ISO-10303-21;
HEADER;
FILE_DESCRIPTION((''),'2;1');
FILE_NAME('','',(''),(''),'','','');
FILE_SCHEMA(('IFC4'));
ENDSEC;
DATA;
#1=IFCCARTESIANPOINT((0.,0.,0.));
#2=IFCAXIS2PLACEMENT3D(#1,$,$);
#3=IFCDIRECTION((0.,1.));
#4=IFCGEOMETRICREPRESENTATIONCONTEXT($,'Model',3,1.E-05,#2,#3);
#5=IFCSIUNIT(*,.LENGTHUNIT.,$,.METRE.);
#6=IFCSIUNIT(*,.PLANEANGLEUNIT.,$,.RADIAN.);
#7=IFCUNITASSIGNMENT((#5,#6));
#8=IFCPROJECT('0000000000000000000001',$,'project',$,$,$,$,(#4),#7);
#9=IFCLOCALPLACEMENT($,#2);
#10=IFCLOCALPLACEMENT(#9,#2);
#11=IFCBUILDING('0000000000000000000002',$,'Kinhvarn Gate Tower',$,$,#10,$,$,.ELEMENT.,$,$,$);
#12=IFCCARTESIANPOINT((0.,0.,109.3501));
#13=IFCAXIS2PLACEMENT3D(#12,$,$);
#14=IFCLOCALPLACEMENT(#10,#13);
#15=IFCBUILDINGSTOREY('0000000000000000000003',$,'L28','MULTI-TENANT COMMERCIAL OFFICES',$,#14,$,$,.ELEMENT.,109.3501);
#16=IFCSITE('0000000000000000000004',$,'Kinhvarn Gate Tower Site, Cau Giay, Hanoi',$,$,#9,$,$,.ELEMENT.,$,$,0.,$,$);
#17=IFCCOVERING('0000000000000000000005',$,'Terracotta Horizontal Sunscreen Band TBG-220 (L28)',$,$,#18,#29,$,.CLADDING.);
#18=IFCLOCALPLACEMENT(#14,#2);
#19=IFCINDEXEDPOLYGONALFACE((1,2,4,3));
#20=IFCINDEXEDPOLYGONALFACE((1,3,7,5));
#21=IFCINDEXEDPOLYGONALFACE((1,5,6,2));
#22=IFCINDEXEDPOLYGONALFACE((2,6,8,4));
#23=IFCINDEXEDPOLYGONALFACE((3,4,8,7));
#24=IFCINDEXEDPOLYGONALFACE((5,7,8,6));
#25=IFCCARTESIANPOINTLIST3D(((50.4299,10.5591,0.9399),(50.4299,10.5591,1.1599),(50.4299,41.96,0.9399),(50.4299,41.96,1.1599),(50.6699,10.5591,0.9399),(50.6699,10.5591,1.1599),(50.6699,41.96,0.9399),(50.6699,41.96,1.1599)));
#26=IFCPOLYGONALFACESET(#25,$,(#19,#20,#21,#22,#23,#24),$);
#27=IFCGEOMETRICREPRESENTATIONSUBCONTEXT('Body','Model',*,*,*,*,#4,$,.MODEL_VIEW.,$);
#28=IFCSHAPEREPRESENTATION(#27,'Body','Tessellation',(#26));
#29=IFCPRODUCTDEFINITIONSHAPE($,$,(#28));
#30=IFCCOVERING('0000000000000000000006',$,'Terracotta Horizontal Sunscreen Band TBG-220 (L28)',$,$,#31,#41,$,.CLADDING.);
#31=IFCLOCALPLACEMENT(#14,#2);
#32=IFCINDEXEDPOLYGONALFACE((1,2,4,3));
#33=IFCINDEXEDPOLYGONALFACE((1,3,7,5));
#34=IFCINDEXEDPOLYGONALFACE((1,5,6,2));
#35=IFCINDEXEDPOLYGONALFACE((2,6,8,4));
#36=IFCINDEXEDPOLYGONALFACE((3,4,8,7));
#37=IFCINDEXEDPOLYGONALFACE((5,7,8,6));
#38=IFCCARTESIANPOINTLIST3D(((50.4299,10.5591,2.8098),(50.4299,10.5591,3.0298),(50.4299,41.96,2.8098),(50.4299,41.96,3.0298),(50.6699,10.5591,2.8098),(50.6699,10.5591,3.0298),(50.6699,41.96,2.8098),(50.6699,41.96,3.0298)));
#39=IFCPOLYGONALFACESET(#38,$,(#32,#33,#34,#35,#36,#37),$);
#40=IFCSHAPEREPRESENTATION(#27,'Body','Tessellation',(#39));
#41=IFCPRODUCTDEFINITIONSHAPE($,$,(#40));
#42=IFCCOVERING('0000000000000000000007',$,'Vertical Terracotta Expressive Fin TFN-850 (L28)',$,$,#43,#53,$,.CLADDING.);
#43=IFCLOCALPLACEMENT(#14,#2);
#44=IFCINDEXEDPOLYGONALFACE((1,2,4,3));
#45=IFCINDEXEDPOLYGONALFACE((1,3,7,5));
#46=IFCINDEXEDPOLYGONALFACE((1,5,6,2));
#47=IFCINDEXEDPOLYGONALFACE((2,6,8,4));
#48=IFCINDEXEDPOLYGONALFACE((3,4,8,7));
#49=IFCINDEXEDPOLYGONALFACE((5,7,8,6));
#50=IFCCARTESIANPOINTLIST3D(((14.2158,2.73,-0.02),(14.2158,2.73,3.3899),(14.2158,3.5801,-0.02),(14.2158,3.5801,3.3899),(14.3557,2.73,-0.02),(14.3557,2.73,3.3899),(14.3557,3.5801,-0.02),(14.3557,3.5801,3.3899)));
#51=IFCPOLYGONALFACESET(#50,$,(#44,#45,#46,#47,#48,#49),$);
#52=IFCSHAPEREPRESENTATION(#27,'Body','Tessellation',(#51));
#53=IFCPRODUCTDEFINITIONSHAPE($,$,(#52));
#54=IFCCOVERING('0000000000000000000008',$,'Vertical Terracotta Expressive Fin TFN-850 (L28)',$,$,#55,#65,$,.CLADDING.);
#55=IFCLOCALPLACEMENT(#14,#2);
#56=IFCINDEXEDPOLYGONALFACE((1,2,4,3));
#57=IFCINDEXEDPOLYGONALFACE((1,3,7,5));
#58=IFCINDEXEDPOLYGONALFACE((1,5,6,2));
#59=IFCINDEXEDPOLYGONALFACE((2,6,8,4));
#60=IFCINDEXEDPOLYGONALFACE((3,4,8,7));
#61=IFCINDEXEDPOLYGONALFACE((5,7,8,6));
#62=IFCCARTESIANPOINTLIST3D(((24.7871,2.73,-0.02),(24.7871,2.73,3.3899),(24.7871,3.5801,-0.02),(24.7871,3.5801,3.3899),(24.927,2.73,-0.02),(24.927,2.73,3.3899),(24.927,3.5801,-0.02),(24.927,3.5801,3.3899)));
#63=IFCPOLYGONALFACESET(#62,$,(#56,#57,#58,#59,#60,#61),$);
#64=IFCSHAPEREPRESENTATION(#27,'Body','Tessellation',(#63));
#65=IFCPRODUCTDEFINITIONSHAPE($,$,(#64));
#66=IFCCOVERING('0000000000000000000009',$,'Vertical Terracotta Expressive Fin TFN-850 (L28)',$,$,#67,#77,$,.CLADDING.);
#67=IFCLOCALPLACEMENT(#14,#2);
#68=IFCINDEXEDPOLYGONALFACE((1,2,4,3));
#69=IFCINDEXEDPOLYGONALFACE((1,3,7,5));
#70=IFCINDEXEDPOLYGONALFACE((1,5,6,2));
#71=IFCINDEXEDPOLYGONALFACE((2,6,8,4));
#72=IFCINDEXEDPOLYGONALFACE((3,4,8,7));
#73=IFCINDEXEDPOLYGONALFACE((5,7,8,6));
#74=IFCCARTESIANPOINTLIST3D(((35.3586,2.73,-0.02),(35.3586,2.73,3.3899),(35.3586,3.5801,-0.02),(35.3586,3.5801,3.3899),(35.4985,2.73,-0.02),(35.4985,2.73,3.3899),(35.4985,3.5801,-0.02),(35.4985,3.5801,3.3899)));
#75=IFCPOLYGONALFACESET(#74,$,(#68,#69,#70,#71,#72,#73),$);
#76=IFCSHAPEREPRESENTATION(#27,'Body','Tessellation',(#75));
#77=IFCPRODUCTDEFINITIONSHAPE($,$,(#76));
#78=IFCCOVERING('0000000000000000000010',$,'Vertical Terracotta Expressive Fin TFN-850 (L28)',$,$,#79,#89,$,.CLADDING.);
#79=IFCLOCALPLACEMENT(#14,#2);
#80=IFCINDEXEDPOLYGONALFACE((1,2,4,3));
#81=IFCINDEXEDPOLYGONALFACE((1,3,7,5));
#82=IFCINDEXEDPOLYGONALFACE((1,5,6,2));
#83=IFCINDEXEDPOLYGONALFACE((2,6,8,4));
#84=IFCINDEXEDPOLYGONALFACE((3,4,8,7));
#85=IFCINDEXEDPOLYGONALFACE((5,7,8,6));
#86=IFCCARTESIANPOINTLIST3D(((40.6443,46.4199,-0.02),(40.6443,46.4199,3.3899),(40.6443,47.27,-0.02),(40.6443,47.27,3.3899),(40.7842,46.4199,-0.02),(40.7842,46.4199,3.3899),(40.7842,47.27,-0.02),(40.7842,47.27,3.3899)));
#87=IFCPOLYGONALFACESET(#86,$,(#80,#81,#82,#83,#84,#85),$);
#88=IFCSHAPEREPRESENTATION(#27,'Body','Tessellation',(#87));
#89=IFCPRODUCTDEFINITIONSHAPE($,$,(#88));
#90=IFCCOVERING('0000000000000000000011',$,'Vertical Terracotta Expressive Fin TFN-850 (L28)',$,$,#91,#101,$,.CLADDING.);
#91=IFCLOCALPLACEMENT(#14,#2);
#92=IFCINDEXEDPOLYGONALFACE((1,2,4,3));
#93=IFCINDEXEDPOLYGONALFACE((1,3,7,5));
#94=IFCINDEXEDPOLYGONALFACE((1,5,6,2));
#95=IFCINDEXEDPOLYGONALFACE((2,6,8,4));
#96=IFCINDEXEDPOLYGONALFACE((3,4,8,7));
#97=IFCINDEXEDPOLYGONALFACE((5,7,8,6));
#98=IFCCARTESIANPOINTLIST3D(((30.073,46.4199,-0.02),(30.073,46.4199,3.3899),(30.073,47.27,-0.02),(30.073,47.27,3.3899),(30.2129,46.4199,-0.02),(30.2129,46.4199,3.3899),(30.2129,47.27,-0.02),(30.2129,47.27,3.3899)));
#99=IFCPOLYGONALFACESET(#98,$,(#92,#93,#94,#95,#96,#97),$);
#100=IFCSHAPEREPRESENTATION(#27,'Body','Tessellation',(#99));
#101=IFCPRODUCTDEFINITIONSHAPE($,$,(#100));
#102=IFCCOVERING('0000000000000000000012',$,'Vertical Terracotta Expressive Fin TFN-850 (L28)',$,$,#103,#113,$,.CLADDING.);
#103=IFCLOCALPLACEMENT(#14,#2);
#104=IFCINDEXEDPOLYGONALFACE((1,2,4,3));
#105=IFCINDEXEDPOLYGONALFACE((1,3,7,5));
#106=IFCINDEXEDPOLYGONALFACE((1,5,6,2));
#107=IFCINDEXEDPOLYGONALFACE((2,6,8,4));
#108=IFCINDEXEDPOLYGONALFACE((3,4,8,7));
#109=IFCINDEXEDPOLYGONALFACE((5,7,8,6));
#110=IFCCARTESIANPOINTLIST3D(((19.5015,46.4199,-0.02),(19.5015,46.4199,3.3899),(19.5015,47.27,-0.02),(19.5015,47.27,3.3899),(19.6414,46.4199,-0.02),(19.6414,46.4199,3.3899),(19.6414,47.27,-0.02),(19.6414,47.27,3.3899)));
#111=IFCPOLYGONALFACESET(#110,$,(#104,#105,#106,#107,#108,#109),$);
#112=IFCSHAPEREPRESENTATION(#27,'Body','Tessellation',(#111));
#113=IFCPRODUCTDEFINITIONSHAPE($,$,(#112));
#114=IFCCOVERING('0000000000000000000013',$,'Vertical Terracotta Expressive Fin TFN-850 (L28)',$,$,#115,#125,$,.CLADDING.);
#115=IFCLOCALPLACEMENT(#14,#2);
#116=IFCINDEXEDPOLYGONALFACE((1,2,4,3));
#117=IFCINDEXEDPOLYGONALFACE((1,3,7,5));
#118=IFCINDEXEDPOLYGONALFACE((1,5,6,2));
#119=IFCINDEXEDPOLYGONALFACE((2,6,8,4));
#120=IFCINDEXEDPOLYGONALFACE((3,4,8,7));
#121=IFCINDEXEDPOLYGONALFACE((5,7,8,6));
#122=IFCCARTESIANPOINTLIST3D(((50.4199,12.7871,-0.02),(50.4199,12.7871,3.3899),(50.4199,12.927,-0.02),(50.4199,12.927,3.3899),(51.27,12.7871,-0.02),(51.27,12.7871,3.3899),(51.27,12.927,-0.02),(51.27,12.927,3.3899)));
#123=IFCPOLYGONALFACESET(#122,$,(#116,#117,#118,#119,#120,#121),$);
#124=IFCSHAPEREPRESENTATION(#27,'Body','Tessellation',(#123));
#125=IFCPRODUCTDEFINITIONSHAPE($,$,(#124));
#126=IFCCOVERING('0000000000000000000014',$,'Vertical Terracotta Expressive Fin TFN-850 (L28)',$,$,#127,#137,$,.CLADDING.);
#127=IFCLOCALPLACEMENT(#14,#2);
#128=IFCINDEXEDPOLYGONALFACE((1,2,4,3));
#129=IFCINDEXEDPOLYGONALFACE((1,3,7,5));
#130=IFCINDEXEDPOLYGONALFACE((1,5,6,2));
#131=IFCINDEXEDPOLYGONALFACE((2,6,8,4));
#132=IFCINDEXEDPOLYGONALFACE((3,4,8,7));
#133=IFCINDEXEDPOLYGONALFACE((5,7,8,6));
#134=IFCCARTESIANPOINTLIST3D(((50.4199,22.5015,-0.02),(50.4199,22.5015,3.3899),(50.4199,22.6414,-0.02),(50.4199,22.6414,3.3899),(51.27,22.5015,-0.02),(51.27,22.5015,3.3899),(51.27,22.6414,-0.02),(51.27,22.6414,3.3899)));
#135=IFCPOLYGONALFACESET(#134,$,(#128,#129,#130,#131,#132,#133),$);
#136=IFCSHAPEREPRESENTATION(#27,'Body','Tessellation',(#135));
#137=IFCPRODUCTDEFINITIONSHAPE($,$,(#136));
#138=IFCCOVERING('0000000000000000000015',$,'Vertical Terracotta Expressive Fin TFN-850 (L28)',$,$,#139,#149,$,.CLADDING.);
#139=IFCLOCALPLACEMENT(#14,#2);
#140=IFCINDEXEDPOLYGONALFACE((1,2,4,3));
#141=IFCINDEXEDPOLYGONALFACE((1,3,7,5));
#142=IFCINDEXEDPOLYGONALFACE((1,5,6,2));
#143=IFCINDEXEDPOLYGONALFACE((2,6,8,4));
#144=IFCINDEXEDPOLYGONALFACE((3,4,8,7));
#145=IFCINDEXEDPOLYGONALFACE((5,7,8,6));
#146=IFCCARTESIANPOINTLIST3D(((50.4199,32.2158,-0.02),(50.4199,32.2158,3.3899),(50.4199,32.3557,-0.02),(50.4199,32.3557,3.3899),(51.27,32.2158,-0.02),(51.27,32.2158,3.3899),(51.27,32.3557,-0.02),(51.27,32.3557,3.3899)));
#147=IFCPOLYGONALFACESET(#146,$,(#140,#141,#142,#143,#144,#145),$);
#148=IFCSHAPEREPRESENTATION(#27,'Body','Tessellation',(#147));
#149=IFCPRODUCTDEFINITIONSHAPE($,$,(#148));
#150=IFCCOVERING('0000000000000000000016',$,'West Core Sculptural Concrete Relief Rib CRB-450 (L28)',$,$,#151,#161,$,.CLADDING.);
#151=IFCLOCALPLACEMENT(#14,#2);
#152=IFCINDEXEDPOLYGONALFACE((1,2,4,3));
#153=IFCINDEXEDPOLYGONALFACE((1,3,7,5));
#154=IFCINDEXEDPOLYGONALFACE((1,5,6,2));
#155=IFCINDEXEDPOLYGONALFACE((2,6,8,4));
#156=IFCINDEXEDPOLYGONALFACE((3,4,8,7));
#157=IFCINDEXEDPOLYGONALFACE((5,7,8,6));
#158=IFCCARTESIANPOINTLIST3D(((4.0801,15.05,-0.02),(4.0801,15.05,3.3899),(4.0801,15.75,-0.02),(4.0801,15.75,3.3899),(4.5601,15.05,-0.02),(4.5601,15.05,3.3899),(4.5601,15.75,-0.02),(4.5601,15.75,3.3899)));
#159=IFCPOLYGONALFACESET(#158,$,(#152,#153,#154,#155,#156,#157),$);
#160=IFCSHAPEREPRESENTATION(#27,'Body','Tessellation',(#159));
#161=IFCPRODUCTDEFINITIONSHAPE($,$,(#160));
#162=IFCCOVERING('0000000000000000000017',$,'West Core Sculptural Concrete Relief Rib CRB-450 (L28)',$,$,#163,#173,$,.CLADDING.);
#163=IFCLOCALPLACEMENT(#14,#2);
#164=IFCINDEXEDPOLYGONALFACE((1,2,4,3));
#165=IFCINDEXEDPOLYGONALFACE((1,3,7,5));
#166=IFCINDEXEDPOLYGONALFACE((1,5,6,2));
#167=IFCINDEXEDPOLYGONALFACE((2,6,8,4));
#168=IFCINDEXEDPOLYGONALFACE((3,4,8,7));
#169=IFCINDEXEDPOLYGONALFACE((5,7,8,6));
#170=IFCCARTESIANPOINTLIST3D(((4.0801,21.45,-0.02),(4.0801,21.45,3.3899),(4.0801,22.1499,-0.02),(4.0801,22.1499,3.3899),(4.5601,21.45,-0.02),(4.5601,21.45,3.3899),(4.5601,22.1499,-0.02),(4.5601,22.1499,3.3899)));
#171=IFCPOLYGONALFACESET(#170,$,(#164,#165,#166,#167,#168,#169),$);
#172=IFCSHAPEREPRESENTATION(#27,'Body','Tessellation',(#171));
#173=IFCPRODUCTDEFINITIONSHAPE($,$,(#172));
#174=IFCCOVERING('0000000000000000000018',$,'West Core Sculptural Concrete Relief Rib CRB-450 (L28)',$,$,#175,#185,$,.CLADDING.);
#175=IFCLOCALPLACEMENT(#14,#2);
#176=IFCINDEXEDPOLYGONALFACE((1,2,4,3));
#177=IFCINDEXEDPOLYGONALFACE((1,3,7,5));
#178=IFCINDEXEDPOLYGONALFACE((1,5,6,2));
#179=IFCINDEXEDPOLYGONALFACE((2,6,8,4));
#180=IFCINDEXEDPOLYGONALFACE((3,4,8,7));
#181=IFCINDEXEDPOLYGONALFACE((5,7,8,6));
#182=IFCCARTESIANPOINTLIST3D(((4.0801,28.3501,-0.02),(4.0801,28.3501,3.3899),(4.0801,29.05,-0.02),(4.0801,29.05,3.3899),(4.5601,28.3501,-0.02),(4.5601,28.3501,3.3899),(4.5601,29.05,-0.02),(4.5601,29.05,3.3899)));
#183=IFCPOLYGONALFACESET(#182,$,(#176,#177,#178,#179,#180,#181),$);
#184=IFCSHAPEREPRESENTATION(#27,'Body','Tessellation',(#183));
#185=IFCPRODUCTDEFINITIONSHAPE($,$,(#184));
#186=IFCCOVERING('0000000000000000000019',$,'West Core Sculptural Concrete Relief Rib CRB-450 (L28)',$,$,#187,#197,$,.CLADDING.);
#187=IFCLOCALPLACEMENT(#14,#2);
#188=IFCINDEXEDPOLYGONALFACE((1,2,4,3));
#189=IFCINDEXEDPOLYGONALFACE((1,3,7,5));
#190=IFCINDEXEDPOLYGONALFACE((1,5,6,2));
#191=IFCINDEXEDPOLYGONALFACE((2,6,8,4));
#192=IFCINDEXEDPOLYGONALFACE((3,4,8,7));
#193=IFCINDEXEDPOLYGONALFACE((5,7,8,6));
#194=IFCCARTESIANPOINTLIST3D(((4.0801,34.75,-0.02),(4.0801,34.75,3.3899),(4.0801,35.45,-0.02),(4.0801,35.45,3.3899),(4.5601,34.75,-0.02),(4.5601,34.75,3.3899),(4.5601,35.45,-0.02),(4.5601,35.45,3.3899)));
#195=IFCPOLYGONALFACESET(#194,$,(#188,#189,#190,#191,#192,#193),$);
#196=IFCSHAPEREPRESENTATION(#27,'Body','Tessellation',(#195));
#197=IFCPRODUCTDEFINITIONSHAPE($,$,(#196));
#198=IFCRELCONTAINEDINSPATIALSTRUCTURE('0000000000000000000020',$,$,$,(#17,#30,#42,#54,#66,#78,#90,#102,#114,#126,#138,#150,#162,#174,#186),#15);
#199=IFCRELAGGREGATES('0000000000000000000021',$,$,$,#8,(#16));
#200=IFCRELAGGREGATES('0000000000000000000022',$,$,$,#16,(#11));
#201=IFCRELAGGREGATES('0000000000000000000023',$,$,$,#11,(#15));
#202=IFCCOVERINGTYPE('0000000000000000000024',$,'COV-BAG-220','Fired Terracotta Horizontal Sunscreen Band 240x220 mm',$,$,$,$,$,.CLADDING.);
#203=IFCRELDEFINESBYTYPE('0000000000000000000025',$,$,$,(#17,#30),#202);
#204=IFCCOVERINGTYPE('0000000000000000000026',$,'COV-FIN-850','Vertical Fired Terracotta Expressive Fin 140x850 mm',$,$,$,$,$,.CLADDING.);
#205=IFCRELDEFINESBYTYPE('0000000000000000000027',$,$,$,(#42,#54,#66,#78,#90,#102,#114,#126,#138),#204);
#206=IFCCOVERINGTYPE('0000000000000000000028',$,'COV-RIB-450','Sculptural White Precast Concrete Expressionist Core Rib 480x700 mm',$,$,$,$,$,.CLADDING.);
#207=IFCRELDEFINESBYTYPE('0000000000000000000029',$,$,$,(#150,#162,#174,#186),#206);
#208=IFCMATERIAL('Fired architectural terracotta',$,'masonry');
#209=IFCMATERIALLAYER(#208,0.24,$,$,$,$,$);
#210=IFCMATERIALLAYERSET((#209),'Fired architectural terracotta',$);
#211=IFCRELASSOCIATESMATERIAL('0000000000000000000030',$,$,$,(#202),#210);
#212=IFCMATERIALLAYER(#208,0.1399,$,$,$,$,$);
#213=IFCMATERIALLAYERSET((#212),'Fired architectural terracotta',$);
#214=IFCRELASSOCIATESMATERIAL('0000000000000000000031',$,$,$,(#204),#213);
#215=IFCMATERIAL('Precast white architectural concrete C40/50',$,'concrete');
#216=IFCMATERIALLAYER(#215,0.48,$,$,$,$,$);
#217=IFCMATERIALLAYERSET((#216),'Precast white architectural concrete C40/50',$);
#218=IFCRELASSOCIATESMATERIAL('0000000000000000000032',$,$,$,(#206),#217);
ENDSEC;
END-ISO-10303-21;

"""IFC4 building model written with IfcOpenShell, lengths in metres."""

from ifc_helpers import new_model, si_unit, direction, frame, origin, place, context, subcontext, project, spatial, polyline, outline, extrude, material, layer, layer_set, type_object, element, save


model = new_model("IFC4")

# Units and contexts
model_context = context("Model", 3, precision=1e-05, world=origin(), true_north=direction((0.0, 1.0)))
body_context = subcontext(model_context, "Body", "Model", "MODEL_VIEW")
ifc_project = project(units=[si_unit("LENGTHUNIT", "METRE"), si_unit("PLANEANGLEUNIT", "RADIAN")], contexts=[model_context])

# Site, building, storey
site_placement = place(None, origin())
site = spatial("IfcSite", under=ifc_project, at=site_placement, Name="Kinhvarn Gate Tower Site, Cau Giay, Hanoi", CompositionType="ELEMENT", RefElevation=0.0)
building_placement = place(site_placement, origin())
building = spatial("IfcBuilding", under=site, at=building_placement, Name="Kinhvarn Gate Tower", CompositionType="ELEMENT")
storey_placement = place(building_placement, frame((0.0, 0.0, 109.3501)))
storey = spatial("IfcBuildingStorey", under=building, at=storey_placement, Name="L28", Description="MULTI-TENANT COMMERCIAL OFFICES", CompositionType="ELEMENT", Elevation=109.3501)

# Shared definitions
ifc_material_1 = material(Name="Precast white architectural concrete C40/50", Category="concrete")

# Coverings
ifc_material_2 = material(Name="Fired architectural terracotta", Category="masonry")
ifc_layer_1 = layer(ifc_material_2, 0.24)
ifc_layer_set_1 = layer_set([ifc_layer_1], Name="Fired architectural terracotta")
covering_type_1 = type_object("IfcCoveringType", Name="COV-BAG-220", Description="Fired Terracotta Horizontal Sunscreen Band 240x220 mm", PredefinedType="CLADDING", material=ifc_layer_set_1)
for number, where, name in (
    (1, (0.0, 0.0, 0.9399), "Terracotta Horizontal Sunscreen Band TBG-220 (L28)"),
    (2, (0.0, 0.0, 2.8098), "Terracotta Horizontal Sunscreen Band TBG-220 (L28)"),
):
    element("IfcCovering", number, at=place(storey_placement, frame(where)), inside=storey, type_object=covering_type_1, Name=name, PredefinedType="CLADDING", context=body_context, shape_type="SweptSolid", body=[
        extrude(outline(polyline([(50.4299, 10.5591), (50.4299, 41.96), (50.6699, 41.96), (50.6699, 10.5591), (50.4299, 10.5591)])), origin(), (0.0, 0.0, 1.0), 0.22),
    ])
ifc_layer_2 = layer(ifc_material_2, 0.1399)
ifc_layer_set_2 = layer_set([ifc_layer_2], Name="Fired architectural terracotta")
covering_type_2 = type_object("IfcCoveringType", Name="COV-FIN-850", Description="Vertical Fired Terracotta Expressive Fin 140x850 mm", PredefinedType="CLADDING", material=ifc_layer_set_2)
covering_1_placement = place(storey_placement, frame((0.0, 0.0, -0.02)))
element("IfcCovering", 3, at=covering_1_placement, inside=storey, type_object=covering_type_2, Name="Vertical Terracotta Expressive Fin TFN-850 (L28)", PredefinedType="CLADDING", context=body_context, shape_type="SweptSolid", body=[
    extrude(outline(polyline([(14.2158, 3.5801), (14.3557, 3.5801), (14.3557, 2.73), (14.2158, 2.73), (14.2158, 3.5801)])), origin(), (0.0, 0.0, 1.0), 3.4099),
])
covering_2_placement = place(storey_placement, frame((0.0, 0.0, -0.02)))
element("IfcCovering", 4, at=covering_2_placement, inside=storey, type_object=covering_type_2, Name="Vertical Terracotta Expressive Fin TFN-850 (L28)", PredefinedType="CLADDING", context=body_context, shape_type="SweptSolid", body=[
    extrude(outline(polyline([(24.7871, 3.5801), (24.927, 3.5801), (24.927, 2.73), (24.7871, 2.73), (24.7871, 3.5801)])), origin(), (0.0, 0.0, 1.0), 3.4099),
])
covering_3_placement = place(storey_placement, frame((0.0, 0.0, -0.02)))
element("IfcCovering", 5, at=covering_3_placement, inside=storey, type_object=covering_type_2, Name="Vertical Terracotta Expressive Fin TFN-850 (L28)", PredefinedType="CLADDING", context=body_context, shape_type="SweptSolid", body=[
    extrude(outline(polyline([(35.3586, 3.5801), (35.4985, 3.5801), (35.4985, 2.73), (35.3586, 2.73), (35.3586, 3.5801)])), origin(), (0.0, 0.0, 1.0), 3.4099),
])
covering_4_placement = place(storey_placement, frame((0.0, 0.0, -0.02)))
element("IfcCovering", 6, at=covering_4_placement, inside=storey, type_object=covering_type_2, Name="Vertical Terracotta Expressive Fin TFN-850 (L28)", PredefinedType="CLADDING", context=body_context, shape_type="SweptSolid", body=[
    extrude(outline(polyline([(40.7842, 46.4199), (40.6443, 46.4199), (40.6443, 47.27), (40.7842, 47.27), (40.7842, 46.4199)])), origin(), (0.0, 0.0, 1.0), 3.4099),
])
covering_5_placement = place(storey_placement, frame((0.0, 0.0, -0.02)))
element("IfcCovering", 7, at=covering_5_placement, inside=storey, type_object=covering_type_2, Name="Vertical Terracotta Expressive Fin TFN-850 (L28)", PredefinedType="CLADDING", context=body_context, shape_type="SweptSolid", body=[
    extrude(outline(polyline([(30.2129, 46.4199), (30.073, 46.4199), (30.073, 47.27), (30.2129, 47.27), (30.2129, 46.4199)])), origin(), (0.0, 0.0, 1.0), 3.4099),
])
covering_6_placement = place(storey_placement, frame((0.0, 0.0, -0.02)))
element("IfcCovering", 8, at=covering_6_placement, inside=storey, type_object=covering_type_2, Name="Vertical Terracotta Expressive Fin TFN-850 (L28)", PredefinedType="CLADDING", context=body_context, shape_type="SweptSolid", body=[
    extrude(outline(polyline([(19.6414, 46.4199), (19.5015, 46.4199), (19.5015, 47.27), (19.6414, 47.27), (19.6414, 46.4199)])), origin(), (0.0, 0.0, 1.0), 3.4099),
])
covering_7_placement = place(storey_placement, frame((0.0, 0.0, -0.02)))
element("IfcCovering", 9, at=covering_7_placement, inside=storey, type_object=covering_type_2, Name="Vertical Terracotta Expressive Fin TFN-850 (L28)", PredefinedType="CLADDING", context=body_context, shape_type="SweptSolid", body=[
    extrude(outline(polyline([(50.4199, 12.7871), (50.4199, 12.927), (51.27, 12.927), (51.27, 12.7871), (50.4199, 12.7871)])), origin(), (0.0, 0.0, 1.0), 3.4099),
])
covering_8_placement = place(storey_placement, frame((0.0, 0.0, -0.02)))
element("IfcCovering", 10, at=covering_8_placement, inside=storey, type_object=covering_type_2, Name="Vertical Terracotta Expressive Fin TFN-850 (L28)", PredefinedType="CLADDING", context=body_context, shape_type="SweptSolid", body=[
    extrude(outline(polyline([(50.4199, 22.5015), (50.4199, 22.6414), (51.27, 22.6414), (51.27, 22.5015), (50.4199, 22.5015)])), origin(), (0.0, 0.0, 1.0), 3.4099),
])
covering_9_placement = place(storey_placement, frame((0.0, 0.0, -0.02)))
element("IfcCovering", 11, at=covering_9_placement, inside=storey, type_object=covering_type_2, Name="Vertical Terracotta Expressive Fin TFN-850 (L28)", PredefinedType="CLADDING", context=body_context, shape_type="SweptSolid", body=[
    extrude(outline(polyline([(50.4199, 32.2158), (50.4199, 32.3557), (51.27, 32.3557), (51.27, 32.2158), (50.4199, 32.2158)])), origin(), (0.0, 0.0, 1.0), 3.4099),
])
ifc_layer_3 = layer(ifc_material_1, 0.48)
ifc_layer_set_3 = layer_set([ifc_layer_3], Name="Precast white architectural concrete C40/50")
covering_type_3 = type_object("IfcCoveringType", Name="COV-RIB-450", Description="Sculptural White Precast Concrete Expressionist Core Rib 480x700 mm", PredefinedType="CLADDING", material=ifc_layer_set_3)
covering_10_placement = place(storey_placement, frame((0.0, 0.0, -0.02)))
element("IfcCovering", 12, at=covering_10_placement, inside=storey, type_object=covering_type_3, Name="West Core Sculptural Concrete Relief Rib CRB-450 (L28)", PredefinedType="CLADDING", context=body_context, shape_type="SweptSolid", body=[
    extrude(outline(polyline([(4.0801, 15.05), (4.5601, 15.05), (4.5601, 15.75), (4.0801, 15.75), (4.0801, 15.05)])), origin(), (0.0, 0.0, 1.0), 3.4099),
])
covering_11_placement = place(storey_placement, frame((0.0, 0.0, -0.02)))
element("IfcCovering", 13, at=covering_11_placement, inside=storey, type_object=covering_type_3, Name="West Core Sculptural Concrete Relief Rib CRB-450 (L28)", PredefinedType="CLADDING", context=body_context, shape_type="SweptSolid", body=[
    extrude(outline(polyline([(4.0801, 21.45), (4.5601, 21.45), (4.5601, 22.1499), (4.0801, 22.1499), (4.0801, 21.45)])), origin(), (0.0, 0.0, 1.0), 3.4099),
])
covering_12_placement = place(storey_placement, frame((0.0, 0.0, -0.02)))
element("IfcCovering", 14, at=covering_12_placement, inside=storey, type_object=covering_type_3, Name="West Core Sculptural Concrete Relief Rib CRB-450 (L28)", PredefinedType="CLADDING", context=body_context, shape_type="SweptSolid", body=[
    extrude(outline(polyline([(4.0801, 28.3501), (4.5601, 28.3501), (4.5601, 29.05), (4.0801, 29.05), (4.0801, 28.3501)])), origin(), (0.0, 0.0, 1.0), 3.4099),
])
covering_13_placement = place(storey_placement, frame((0.0, 0.0, -0.02)))
element("IfcCovering", 15, at=covering_13_placement, inside=storey, type_object=covering_type_3, Name="West Core Sculptural Concrete Relief Rib CRB-450 (L28)", PredefinedType="CLADDING", context=body_context, shape_type="SweptSolid", body=[
    extrude(outline(polyline([(4.0801, 34.75), (4.5601, 34.75), (4.5601, 35.45), (4.0801, 35.45), (4.0801, 34.75)])), origin(), (0.0, 0.0, 1.0), 3.4099),
])

save(model, "model.ifc")
